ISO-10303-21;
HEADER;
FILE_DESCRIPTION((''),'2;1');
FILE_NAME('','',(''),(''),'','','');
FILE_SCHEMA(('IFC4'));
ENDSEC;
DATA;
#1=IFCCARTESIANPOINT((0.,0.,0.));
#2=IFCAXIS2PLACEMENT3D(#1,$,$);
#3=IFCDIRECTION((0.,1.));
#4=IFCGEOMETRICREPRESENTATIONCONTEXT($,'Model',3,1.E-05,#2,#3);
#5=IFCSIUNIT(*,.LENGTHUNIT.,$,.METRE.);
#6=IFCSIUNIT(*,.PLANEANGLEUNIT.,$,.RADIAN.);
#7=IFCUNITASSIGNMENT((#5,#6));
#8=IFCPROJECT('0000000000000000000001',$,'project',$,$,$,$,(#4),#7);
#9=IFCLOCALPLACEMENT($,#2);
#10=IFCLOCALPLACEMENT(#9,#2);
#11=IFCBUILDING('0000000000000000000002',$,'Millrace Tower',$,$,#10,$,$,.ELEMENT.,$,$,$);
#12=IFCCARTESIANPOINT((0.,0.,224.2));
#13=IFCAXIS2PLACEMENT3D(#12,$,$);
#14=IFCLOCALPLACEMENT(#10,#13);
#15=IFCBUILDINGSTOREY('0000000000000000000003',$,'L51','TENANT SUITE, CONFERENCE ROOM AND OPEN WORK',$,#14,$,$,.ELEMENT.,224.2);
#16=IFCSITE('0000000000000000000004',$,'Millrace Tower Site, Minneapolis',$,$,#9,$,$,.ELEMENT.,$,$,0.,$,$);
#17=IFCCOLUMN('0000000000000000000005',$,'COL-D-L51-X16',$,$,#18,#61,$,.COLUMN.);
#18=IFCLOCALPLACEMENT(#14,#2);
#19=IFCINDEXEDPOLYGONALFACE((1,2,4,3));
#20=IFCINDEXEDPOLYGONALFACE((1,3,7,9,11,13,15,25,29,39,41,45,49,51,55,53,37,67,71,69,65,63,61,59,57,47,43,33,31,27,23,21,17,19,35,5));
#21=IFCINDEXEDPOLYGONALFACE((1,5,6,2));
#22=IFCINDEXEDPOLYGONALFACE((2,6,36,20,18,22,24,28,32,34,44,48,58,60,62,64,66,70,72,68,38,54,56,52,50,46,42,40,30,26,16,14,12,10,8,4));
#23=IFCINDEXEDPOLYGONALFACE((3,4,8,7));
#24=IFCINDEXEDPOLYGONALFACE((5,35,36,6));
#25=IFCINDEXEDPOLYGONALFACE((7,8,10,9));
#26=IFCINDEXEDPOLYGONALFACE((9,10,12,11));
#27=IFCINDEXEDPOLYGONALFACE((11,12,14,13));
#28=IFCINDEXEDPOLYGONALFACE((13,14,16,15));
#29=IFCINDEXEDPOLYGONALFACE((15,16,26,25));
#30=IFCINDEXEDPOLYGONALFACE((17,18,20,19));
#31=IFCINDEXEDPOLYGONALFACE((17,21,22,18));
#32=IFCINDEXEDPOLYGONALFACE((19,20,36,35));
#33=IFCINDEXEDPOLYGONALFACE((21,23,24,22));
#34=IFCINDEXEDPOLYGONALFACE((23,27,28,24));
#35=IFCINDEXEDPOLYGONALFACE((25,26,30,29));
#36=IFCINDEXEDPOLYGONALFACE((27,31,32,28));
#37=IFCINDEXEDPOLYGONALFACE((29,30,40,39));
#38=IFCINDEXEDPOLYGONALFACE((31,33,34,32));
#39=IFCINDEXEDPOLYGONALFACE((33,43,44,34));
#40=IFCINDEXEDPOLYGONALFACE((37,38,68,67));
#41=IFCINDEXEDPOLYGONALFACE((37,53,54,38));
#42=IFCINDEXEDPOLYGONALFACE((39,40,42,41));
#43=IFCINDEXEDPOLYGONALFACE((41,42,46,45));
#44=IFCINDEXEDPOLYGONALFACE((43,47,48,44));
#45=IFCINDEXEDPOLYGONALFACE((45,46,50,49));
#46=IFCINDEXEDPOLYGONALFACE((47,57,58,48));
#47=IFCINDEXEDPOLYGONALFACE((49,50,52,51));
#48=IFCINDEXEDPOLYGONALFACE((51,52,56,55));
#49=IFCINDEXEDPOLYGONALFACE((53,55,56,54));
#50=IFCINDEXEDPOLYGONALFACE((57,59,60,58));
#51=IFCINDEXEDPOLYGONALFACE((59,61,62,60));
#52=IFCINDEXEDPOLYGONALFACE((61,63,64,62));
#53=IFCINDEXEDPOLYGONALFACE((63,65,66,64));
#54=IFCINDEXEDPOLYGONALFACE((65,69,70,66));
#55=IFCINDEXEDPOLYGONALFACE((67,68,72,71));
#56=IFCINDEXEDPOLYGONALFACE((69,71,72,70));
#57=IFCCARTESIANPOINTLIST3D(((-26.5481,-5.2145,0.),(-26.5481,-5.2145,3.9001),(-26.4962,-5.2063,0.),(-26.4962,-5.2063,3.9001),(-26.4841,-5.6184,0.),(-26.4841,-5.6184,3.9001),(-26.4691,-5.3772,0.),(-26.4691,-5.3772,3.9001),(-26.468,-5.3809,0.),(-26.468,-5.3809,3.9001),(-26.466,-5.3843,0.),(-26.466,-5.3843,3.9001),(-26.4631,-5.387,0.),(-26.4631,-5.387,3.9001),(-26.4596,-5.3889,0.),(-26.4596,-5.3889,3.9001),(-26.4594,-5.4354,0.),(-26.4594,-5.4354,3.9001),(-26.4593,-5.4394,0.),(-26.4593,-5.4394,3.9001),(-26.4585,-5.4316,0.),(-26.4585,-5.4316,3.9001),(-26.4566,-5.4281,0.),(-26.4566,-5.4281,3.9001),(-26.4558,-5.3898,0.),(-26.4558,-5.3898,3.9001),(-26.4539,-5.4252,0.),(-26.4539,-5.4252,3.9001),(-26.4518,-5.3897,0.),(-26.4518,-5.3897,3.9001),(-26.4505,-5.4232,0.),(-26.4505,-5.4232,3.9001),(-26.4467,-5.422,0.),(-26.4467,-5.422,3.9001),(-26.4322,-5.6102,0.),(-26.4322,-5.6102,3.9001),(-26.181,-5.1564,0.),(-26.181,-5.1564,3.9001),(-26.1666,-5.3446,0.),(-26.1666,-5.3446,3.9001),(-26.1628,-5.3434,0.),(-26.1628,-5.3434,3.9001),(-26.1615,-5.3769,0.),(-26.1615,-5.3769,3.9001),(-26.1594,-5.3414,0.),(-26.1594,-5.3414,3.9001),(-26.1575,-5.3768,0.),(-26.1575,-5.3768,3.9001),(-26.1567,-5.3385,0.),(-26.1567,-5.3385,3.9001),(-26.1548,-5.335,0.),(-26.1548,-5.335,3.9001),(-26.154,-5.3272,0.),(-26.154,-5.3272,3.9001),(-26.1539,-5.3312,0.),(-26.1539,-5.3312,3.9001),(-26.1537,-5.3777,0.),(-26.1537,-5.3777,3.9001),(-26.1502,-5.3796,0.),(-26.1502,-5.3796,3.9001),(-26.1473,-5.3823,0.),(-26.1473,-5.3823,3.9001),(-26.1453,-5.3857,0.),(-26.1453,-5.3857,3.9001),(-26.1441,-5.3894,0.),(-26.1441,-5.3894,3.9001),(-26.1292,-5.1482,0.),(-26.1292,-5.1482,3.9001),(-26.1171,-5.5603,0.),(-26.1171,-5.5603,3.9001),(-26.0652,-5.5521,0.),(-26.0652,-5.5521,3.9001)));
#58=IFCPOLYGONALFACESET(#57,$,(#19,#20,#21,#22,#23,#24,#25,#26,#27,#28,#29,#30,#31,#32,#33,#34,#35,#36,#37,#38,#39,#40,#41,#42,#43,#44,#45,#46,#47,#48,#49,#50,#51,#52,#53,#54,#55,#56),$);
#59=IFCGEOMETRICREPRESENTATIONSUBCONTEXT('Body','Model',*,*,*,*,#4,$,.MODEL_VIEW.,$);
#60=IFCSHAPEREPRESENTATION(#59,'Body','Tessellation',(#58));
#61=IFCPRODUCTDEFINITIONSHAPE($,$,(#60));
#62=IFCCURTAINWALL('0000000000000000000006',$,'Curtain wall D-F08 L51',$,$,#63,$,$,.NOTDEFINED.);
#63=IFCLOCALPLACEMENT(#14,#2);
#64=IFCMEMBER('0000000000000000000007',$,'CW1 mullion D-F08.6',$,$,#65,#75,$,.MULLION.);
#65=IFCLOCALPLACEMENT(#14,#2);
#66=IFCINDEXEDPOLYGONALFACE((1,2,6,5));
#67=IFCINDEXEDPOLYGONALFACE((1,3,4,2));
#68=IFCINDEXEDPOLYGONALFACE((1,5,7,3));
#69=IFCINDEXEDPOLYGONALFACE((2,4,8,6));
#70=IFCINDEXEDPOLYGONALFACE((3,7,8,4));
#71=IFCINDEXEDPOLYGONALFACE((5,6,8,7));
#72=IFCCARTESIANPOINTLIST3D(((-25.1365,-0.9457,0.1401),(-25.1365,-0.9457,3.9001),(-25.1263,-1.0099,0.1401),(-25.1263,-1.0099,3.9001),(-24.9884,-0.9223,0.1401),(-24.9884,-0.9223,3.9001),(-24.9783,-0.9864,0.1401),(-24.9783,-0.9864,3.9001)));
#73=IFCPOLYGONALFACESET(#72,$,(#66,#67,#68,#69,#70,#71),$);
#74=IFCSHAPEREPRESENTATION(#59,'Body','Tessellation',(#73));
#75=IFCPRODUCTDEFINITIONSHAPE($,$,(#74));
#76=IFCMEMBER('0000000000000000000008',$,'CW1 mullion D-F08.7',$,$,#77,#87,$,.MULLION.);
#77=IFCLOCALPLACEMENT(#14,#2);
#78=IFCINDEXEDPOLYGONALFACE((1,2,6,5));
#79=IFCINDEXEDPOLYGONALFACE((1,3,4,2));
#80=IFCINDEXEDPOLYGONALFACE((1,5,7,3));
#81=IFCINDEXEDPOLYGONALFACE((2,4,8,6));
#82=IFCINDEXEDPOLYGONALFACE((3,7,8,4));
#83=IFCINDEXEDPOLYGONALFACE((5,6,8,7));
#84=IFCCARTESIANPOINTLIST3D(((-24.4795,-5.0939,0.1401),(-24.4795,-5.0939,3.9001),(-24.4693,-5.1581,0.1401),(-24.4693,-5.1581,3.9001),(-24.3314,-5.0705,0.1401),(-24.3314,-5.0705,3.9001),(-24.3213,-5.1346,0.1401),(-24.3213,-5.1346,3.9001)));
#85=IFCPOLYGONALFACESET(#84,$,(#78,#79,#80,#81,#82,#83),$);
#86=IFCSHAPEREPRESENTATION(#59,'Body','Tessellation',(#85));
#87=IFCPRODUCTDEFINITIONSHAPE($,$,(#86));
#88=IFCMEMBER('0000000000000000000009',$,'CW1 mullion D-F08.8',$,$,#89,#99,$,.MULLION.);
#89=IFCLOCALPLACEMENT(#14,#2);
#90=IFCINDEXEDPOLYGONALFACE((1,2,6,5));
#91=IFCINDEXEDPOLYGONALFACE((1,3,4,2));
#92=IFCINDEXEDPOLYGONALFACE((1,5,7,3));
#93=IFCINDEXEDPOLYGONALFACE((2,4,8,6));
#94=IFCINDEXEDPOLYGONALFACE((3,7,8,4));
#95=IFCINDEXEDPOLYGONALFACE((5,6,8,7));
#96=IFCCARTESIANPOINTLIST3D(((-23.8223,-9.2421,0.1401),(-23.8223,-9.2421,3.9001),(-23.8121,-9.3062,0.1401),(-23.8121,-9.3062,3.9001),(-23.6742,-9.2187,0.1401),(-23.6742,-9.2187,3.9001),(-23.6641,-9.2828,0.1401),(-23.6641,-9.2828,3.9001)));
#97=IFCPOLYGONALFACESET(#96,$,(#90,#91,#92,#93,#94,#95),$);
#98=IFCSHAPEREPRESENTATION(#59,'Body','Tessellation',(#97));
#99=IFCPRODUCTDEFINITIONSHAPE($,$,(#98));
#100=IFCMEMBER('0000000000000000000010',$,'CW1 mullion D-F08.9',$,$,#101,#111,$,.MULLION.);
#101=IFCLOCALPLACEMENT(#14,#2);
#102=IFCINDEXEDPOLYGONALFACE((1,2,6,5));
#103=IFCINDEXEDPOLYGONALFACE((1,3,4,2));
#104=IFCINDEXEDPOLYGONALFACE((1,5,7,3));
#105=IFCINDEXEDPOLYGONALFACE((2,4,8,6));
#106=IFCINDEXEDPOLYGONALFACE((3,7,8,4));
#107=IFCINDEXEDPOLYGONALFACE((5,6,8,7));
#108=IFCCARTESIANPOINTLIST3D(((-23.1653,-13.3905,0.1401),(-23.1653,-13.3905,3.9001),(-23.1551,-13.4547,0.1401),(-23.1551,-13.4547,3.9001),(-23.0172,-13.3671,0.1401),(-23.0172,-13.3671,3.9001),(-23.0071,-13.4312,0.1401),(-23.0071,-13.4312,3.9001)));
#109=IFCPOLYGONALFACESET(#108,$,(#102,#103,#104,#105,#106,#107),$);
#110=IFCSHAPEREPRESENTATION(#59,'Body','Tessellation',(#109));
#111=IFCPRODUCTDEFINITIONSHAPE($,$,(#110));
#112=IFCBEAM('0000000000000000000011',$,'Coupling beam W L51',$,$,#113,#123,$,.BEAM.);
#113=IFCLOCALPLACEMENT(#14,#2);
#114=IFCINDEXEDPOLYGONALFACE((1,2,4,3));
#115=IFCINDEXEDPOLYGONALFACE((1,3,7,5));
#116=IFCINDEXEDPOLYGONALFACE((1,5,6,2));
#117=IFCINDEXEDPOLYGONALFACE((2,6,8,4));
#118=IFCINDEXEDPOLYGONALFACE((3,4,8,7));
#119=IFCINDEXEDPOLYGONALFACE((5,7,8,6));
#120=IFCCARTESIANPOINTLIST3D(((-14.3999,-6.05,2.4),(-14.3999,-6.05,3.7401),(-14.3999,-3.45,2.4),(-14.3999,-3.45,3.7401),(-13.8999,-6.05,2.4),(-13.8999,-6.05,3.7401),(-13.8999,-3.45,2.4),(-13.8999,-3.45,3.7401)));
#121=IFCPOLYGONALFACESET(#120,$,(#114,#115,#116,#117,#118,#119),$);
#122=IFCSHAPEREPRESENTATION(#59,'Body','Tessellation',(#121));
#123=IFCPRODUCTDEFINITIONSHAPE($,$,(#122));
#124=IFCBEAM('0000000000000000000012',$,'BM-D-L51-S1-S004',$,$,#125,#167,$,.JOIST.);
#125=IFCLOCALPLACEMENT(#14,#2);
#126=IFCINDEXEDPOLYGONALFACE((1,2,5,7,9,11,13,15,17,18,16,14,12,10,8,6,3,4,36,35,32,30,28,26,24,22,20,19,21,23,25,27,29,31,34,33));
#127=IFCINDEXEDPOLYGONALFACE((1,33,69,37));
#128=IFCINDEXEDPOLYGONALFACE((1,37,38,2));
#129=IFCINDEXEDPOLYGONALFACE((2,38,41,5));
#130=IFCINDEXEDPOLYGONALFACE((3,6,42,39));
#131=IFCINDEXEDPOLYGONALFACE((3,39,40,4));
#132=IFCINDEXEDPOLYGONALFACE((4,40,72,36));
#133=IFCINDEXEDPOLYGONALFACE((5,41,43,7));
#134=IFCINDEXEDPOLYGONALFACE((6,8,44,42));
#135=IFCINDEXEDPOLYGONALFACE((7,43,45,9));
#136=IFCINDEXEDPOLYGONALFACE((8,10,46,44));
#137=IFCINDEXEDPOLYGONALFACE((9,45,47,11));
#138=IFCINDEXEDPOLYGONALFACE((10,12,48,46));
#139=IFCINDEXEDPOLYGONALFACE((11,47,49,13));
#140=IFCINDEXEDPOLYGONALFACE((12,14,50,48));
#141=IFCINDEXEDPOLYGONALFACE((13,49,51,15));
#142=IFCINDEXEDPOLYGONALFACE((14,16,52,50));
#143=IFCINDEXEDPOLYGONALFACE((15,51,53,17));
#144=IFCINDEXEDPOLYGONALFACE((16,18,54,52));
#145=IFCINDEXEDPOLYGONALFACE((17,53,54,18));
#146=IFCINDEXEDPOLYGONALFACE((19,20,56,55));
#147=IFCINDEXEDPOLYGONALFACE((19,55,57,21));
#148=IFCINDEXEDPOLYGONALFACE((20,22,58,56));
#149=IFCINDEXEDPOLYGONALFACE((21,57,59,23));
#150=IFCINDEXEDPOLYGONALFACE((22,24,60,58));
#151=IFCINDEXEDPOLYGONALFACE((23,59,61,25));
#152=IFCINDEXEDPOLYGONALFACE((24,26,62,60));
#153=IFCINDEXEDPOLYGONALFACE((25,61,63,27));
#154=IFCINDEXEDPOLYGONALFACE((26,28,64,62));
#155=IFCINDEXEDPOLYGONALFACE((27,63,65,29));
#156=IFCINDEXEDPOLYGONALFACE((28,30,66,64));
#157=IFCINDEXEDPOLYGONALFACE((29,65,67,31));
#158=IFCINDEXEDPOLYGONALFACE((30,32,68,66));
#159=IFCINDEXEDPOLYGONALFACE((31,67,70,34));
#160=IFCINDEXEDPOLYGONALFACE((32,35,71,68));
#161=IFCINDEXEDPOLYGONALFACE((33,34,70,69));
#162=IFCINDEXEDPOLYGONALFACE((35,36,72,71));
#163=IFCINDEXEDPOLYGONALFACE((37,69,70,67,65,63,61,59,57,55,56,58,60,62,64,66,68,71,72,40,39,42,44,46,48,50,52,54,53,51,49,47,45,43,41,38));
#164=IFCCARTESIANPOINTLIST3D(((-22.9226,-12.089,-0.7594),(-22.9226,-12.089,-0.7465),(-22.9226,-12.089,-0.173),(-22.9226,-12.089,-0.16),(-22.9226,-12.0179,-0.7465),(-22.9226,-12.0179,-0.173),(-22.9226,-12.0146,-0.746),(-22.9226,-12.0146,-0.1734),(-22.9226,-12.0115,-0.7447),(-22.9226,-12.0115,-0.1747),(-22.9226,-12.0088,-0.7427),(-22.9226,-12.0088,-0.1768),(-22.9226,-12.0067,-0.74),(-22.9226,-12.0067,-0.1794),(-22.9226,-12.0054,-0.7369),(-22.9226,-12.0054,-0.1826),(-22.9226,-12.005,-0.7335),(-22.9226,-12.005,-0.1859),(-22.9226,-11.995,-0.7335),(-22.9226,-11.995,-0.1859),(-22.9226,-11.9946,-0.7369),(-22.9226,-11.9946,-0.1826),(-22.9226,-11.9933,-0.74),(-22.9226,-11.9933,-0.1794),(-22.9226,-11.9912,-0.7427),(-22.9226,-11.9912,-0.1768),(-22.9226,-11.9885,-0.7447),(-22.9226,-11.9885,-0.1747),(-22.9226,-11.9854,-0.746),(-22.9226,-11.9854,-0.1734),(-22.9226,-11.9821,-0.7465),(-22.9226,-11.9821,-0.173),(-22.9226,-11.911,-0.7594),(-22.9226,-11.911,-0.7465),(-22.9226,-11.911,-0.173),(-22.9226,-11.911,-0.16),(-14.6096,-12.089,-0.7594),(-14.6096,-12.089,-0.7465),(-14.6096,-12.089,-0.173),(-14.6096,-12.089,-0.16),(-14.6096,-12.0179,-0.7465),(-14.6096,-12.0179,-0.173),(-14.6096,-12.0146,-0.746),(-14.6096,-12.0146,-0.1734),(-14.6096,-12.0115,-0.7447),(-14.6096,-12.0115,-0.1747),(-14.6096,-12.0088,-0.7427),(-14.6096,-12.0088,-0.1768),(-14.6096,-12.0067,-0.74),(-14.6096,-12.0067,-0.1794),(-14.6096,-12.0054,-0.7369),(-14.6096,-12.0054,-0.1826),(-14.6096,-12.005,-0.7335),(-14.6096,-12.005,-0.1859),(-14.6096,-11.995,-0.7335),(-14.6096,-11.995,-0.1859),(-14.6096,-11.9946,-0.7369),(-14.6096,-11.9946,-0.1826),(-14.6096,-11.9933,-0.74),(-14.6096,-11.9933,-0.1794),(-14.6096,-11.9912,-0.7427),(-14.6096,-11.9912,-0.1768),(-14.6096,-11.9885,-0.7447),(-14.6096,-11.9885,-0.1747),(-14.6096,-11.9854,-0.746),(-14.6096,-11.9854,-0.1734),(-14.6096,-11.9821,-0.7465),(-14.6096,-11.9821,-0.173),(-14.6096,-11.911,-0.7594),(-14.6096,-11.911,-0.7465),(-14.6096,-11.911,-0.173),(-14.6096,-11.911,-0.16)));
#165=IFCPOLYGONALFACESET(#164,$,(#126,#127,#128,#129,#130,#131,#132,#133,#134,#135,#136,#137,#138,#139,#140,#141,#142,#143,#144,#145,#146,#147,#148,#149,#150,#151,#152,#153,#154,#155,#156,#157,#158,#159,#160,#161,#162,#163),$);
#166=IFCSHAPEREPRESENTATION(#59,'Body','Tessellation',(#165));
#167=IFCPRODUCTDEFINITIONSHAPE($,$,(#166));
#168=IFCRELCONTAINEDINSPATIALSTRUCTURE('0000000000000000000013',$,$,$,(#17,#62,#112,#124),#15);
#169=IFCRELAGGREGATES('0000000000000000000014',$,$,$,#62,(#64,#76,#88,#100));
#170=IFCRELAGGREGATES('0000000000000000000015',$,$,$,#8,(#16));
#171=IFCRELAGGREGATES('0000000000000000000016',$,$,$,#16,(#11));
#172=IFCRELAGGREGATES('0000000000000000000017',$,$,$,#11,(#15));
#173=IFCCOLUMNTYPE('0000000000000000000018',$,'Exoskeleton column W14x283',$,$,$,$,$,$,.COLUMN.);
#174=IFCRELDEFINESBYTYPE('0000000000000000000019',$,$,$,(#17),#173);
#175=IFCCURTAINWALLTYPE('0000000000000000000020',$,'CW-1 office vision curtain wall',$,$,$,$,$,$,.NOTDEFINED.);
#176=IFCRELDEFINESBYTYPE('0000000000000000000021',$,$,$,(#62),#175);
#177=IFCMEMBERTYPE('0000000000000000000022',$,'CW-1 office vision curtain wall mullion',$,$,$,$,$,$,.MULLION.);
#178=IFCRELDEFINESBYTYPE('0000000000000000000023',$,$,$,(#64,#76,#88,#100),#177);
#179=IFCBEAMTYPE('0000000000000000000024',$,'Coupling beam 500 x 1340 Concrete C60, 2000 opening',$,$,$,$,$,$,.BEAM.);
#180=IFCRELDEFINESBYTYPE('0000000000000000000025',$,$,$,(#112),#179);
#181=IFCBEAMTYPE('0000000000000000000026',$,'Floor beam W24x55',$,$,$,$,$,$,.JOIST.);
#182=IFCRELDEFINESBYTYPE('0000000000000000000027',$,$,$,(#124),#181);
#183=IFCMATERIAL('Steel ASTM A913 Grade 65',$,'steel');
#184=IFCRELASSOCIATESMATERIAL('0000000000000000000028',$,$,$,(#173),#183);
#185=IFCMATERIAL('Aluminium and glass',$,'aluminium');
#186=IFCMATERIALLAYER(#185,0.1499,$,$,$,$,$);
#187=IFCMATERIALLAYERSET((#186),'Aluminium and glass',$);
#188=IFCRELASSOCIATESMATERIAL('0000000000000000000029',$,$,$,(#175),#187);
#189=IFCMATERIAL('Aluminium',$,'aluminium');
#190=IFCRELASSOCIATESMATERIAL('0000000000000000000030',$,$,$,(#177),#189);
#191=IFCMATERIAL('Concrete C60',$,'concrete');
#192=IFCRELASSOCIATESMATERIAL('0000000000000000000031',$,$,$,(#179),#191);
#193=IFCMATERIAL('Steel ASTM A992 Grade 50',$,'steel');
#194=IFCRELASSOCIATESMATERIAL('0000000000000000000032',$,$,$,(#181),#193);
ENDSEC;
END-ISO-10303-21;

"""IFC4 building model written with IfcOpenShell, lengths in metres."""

from ifc_helpers import new_model, si_unit, direction, frame, origin, origin_2d, place, context, subcontext, project, spatial, rectangle, i_section, extrude, material, layer, layer_set, material_profile, profile_set, type_object, element, aggregate, save


model = new_model("IFC4")

# Units and contexts
model_context = context("Model", 3, precision=1e-05, world=origin(), true_north=direction((0.0, 1.0)))
body_context = subcontext(model_context, "Body", "Model", "MODEL_VIEW")
ifc_project = project(units=[si_unit("LENGTHUNIT", "METRE"), si_unit("PLANEANGLEUNIT", "RADIAN")], contexts=[model_context])

# Site, building, storey
site_placement = place(None, origin())
site = spatial("IfcSite", under=ifc_project, at=site_placement, Name="Millrace Tower Site, Minneapolis", CompositionType="ELEMENT", RefElevation=0.0)
building_placement = place(site_placement, origin())
building = spatial("IfcBuilding", under=site, at=building_placement, Name="Millrace Tower", CompositionType="ELEMENT")
storey_placement = place(building_placement, frame((0.0, 0.0, 224.2)))
storey = spatial("IfcBuildingStorey", under=building, at=storey_placement, Name="L51", Description="TENANT SUITE, CONFERENCE ROOM AND OPEN WORK", CompositionType="ELEMENT", Elevation=224.2)

# Column
ifc_material_1 = material(Name="Steel ASTM A913 Grade 65", Category="steel")
ifc_material_profile_1 = material_profile(ifc_material_1, i_section(OverallWidth=0.4089, OverallDepth=0.4241, WebThickness=0.0327, FlangeThickness=0.0525, FilletRadius=0.0151, at=origin_2d()))
ifc_profile_set_1 = profile_set([ifc_material_profile_1], Name="Steel ASTM A913 Grade 65")
column_type = type_object("IfcColumnType", Name="Exoskeleton column W14x283", PredefinedType="COLUMN", material=ifc_profile_set_1)
column_placement = place(storey_placement, frame((-26.3066, -5.3833, 0.0), z_axis=(0.0, 0.0, 1.0), x_axis=(0.156434, -0.987688, 0.0)))
element("IfcColumn", 1, at=column_placement, inside=storey, type_object=column_type, Name="COL-D-L51-X16", PredefinedType="COLUMN", context=body_context, shape_type="SweptSolid", body=[
    extrude(i_section(OverallWidth=0.4089, OverallDepth=0.4241, WebThickness=0.0327, FlangeThickness=0.0525, FilletRadius=0.0151, at=origin_2d()), origin(), (0.0, 0.0, 1.0), 3.9001),
])

# Curtain wall, members
ifc_material_2 = material(Name="Aluminium and glass", Category="aluminium")
ifc_layer_1 = layer(ifc_material_2, 0.1499)
ifc_layer_set_1 = layer_set([ifc_layer_1], Name="Aluminium and glass")
curtain_wall_type = type_object("IfcCurtainWallType", Name="CW-1 office vision curtain wall", PredefinedType="NOTDEFINED", material=ifc_layer_set_1)
curtain_wall_placement = place(storey_placement, origin())
curtain_wall = element("IfcCurtainWall", 2, at=curtain_wall_placement, inside=storey, type_object=curtain_wall_type, Name="Curtain wall D-F08 L51", PredefinedType="NOTDEFINED")
ifc_material_3 = material(Name="Aluminium", Category="aluminium")
ifc_material_profile_2 = material_profile(ifc_material_3, rectangle(XDim=0.0649, YDim=0.1499, at=origin_2d()))
ifc_profile_set_2 = profile_set([ifc_material_profile_2], Name="Aluminium")
member_type = type_object("IfcMemberType", Name="CW-1 office vision curtain wall mullion", PredefinedType="MULLION", material=ifc_profile_set_2)
member_1_placement = place(storey_placement, frame((-25.0574, -0.9661, 0.1401), z_axis=(0.0, 0.0, 1.0), x_axis=(0.156434, -0.987688, 0.0)))
member_1 = element("IfcMember", 3, at=member_1_placement, type_object=member_type, Name="CW1 mullion D-F08.6", PredefinedType="MULLION", context=body_context, shape_type="SweptSolid", body=[
    extrude(rectangle(XDim=0.0649, YDim=0.1499, at=origin_2d()), origin(), (0.0, 0.0, 1.0), 3.76),
])
member_2_placement = place(storey_placement, frame((-24.4004, -5.1143, 0.1401), z_axis=(0.0, 0.0, 1.0), x_axis=(0.156434, -0.987688, 0.0)))
member_2 = element("IfcMember", 4, at=member_2_placement, type_object=member_type, Name="CW1 mullion D-F08.7", PredefinedType="MULLION", context=body_context, shape_type="SweptSolid", body=[
    extrude(rectangle(XDim=0.0649, YDim=0.1499, at=origin_2d()), origin(), (0.0, 0.0, 1.0), 3.76),
])
member_3_placement = place(storey_placement, frame((-23.7432, -9.2625, 0.1401), z_axis=(0.0, 0.0, 1.0), x_axis=(0.156434, -0.987688, 0.0)))
member_3 = element("IfcMember", 5, at=member_3_placement, type_object=member_type, Name="CW1 mullion D-F08.8", PredefinedType="MULLION", context=body_context, shape_type="SweptSolid", body=[
    extrude(rectangle(XDim=0.0649, YDim=0.1499, at=origin_2d()), origin(), (0.0, 0.0, 1.0), 3.76),
])
member_4_placement = place(storey_placement, frame((-23.0862, -13.4109, 0.1401), z_axis=(0.0, 0.0, 1.0), x_axis=(0.156434, -0.987688, 0.0)))
member_4 = element("IfcMember", 6, at=member_4_placement, type_object=member_type, Name="CW1 mullion D-F08.9", PredefinedType="MULLION", context=body_context, shape_type="SweptSolid", body=[
    extrude(rectangle(XDim=0.0649, YDim=0.1499, at=origin_2d()), origin(), (0.0, 0.0, 1.0), 3.76),
])
aggregate(curtain_wall, [member_1, member_2, member_3, member_4])

# Beams
ifc_material_4 = material(Name="Concrete C60", Category="concrete")
ifc_material_profile_3 = material_profile(ifc_material_4, rectangle(XDim=0.5, YDim=1.3401, at=origin_2d()))
ifc_profile_set_3 = profile_set([ifc_material_profile_3], Name="Concrete C60")
beam_type_1 = type_object("IfcBeamType", Name="Coupling beam 500 x 1340 Concrete C60, 2000 opening", PredefinedType="BEAM", material=ifc_profile_set_3)
beam_1_placement = place(storey_placement, frame((-14.1499, -6.05, 3.0701), z_axis=(0.0, 1.0, 0.0), x_axis=(-1.0, 0.0, 0.0)))
element("IfcBeam", 7, at=beam_1_placement, inside=storey, type_object=beam_type_1, Name="Coupling beam W L51", PredefinedType="BEAM", context=body_context, shape_type="SweptSolid", body=[
    extrude(rectangle(XDim=0.5, YDim=1.3401, at=origin_2d()), origin(), (0.0, 0.0, 1.0), 2.6001),
])
ifc_material_5 = material(Name="Steel ASTM A992 Grade 50", Category="steel")
ifc_material_profile_4 = material_profile(ifc_material_5, i_section(OverallWidth=0.178, OverallDepth=0.5994, WebThickness=0.01, FlangeThickness=0.0129, FilletRadius=0.0129, at=origin_2d()))
ifc_profile_set_4 = profile_set([ifc_material_profile_4], Name="Steel ASTM A992 Grade 50")
beam_type_2 = type_object("IfcBeamType", Name="Floor beam W24x55", PredefinedType="JOIST", material=ifc_profile_set_4)
beam_2_placement = place(storey_placement, frame((-22.9226, -12.0, -0.4597), z_axis=(1.0, 0.0, 0.0), x_axis=(0.0, 1.0, 0.0)))
element("IfcBeam", 8, at=beam_2_placement, inside=storey, type_object=beam_type_2, Name="BM-D-L51-S1-S004", PredefinedType="JOIST", context=body_context, shape_type="SweptSolid", body=[
    extrude(i_section(OverallWidth=0.178, OverallDepth=0.5994, WebThickness=0.01, FlangeThickness=0.0129, FilletRadius=0.0129, at=origin_2d()), origin(), (0.0, 0.0, 1.0), 8.313),
])

save(model, "model.ifc")
